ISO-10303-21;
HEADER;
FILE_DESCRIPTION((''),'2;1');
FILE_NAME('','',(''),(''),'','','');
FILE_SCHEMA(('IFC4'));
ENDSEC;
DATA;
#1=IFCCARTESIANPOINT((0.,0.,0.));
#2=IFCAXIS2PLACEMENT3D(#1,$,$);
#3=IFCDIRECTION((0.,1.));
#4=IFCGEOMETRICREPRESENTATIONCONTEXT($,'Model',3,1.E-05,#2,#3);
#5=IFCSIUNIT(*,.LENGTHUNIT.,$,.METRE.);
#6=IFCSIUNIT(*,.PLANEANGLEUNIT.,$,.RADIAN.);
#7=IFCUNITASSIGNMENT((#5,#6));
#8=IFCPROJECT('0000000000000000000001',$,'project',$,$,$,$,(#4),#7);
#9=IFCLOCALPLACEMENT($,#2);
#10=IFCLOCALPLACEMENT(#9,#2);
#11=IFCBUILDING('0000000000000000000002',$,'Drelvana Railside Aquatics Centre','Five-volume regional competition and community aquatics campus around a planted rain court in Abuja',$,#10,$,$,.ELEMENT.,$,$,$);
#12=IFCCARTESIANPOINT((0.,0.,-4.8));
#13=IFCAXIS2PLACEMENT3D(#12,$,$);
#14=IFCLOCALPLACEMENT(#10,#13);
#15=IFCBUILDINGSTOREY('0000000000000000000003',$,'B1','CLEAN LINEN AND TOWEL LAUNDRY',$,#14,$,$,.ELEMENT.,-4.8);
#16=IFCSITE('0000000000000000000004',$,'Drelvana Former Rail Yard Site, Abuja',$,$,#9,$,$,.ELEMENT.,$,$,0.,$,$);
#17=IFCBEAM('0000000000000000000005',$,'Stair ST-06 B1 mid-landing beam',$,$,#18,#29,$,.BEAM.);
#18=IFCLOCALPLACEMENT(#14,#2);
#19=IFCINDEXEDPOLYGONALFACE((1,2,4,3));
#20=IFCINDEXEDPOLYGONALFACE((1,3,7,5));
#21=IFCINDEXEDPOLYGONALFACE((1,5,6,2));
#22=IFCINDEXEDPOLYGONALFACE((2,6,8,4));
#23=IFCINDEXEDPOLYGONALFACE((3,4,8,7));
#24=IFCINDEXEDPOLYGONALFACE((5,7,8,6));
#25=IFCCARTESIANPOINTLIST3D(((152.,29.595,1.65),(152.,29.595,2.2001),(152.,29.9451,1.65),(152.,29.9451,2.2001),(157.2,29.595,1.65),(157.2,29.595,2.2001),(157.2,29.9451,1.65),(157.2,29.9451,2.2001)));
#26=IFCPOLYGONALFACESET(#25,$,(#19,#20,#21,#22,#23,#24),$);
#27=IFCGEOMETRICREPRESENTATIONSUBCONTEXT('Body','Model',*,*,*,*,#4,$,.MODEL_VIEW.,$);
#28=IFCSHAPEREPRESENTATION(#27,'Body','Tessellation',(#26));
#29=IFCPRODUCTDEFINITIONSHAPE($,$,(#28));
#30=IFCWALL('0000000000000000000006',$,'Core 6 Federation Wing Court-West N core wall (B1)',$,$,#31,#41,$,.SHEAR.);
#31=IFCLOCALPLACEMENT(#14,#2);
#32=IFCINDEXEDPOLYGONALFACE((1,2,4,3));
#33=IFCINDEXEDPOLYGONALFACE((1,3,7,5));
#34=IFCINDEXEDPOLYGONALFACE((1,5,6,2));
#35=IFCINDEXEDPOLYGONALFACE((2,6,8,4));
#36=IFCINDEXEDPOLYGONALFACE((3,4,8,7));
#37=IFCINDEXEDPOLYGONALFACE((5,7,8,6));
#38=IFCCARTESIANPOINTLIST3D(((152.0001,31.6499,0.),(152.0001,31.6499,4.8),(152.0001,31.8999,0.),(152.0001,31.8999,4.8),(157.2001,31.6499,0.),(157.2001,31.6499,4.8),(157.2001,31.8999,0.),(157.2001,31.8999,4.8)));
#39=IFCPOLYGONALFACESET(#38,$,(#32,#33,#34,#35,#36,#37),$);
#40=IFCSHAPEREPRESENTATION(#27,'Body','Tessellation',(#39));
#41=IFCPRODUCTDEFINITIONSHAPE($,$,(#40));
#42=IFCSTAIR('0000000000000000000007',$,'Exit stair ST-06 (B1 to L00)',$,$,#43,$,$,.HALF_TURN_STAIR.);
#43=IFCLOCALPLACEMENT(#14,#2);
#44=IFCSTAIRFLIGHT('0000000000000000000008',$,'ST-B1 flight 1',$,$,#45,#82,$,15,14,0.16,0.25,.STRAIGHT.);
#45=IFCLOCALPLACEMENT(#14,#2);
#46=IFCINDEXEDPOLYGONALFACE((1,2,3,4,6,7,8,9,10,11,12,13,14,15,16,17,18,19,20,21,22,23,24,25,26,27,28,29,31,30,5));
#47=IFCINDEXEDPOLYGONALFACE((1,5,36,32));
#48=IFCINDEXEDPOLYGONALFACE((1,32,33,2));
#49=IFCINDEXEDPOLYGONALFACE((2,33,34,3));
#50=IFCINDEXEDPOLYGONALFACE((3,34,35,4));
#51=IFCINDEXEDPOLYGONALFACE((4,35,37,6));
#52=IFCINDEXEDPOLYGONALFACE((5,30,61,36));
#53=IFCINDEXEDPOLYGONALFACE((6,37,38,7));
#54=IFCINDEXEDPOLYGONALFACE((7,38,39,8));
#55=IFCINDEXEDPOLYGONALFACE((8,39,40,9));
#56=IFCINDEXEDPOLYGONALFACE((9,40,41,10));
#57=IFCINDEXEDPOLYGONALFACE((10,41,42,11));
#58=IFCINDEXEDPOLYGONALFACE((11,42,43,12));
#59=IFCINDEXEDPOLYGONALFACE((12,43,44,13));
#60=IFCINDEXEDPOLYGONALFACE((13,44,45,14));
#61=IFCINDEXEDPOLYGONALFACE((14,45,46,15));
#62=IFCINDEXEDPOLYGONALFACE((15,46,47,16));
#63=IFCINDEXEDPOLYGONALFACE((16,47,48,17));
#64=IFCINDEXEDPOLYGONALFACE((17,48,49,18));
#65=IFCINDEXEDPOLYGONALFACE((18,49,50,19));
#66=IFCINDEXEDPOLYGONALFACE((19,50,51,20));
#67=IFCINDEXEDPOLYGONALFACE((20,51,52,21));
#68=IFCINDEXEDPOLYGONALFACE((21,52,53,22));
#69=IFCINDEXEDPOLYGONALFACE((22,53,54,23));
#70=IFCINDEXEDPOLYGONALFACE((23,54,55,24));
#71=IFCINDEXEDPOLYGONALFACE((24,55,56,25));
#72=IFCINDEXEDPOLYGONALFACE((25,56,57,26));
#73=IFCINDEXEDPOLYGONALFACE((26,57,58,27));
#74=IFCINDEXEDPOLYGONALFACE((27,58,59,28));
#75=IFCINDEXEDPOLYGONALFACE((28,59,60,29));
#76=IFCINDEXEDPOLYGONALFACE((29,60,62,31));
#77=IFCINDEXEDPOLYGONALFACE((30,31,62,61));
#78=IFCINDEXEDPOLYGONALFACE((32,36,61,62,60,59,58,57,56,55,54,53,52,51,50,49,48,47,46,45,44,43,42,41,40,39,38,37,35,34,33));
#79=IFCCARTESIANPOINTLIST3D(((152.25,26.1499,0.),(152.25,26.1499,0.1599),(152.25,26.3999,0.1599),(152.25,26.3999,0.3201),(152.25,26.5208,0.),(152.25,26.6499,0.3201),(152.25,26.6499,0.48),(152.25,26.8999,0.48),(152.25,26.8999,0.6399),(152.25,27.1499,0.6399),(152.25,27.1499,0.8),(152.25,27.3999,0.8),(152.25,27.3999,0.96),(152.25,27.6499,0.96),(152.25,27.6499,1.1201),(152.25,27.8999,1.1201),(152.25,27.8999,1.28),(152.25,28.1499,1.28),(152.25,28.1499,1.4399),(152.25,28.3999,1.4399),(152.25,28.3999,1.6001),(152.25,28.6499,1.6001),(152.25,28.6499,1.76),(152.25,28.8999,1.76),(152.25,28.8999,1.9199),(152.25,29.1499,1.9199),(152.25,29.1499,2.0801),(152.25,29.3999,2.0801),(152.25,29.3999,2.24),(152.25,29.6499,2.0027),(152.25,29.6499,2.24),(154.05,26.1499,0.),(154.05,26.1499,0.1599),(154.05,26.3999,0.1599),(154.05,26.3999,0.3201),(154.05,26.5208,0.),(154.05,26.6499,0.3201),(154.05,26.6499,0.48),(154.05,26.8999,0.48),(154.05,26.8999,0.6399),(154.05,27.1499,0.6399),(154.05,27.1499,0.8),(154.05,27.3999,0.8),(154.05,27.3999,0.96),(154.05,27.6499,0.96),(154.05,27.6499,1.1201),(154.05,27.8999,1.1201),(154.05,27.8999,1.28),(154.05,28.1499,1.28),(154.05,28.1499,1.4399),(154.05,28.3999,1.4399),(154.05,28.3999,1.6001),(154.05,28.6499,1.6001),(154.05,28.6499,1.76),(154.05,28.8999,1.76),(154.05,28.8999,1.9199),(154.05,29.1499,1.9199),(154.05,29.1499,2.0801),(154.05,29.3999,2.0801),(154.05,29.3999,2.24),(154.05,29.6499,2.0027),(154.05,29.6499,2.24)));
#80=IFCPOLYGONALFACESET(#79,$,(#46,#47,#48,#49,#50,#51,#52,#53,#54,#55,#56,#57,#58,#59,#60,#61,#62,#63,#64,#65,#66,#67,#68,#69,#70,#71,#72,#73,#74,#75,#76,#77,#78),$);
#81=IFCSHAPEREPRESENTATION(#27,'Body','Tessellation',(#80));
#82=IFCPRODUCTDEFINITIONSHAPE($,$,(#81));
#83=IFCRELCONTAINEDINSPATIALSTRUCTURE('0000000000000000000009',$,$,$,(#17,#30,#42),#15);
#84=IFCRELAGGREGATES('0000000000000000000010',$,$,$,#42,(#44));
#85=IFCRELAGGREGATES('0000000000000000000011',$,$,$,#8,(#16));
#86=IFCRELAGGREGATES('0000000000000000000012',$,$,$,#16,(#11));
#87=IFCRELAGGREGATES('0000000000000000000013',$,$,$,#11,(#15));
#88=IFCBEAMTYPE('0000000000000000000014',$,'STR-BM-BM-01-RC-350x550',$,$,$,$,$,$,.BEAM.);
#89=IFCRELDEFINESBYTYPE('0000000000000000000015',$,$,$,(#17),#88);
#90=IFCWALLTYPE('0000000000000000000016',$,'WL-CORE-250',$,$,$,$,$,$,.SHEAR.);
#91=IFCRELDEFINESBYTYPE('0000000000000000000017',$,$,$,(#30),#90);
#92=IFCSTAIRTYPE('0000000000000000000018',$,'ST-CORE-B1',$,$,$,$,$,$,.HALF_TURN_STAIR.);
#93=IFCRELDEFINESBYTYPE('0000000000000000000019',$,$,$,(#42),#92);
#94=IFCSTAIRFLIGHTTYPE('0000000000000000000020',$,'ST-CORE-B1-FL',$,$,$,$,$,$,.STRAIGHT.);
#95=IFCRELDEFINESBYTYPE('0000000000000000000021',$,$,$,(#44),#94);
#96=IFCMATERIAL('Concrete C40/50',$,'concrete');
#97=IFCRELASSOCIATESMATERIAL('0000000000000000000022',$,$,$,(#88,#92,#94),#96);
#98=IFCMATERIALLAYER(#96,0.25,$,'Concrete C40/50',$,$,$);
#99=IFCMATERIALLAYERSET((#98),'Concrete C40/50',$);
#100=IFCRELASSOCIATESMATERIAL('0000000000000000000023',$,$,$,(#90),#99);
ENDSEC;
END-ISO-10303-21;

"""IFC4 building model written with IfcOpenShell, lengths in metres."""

from ifc_helpers import new_model, si_unit, direction, frame, frame_2d, origin, origin_2d, place, context, subcontext, project, spatial, polyline, rectangle, outline, extrude, material, layer, layer_set, material_profile, profile_set, type_object, element, aggregate, save


model = new_model("IFC4")

# Units and contexts
model_context = context("Model", 3, precision=1e-05, world=origin(), true_north=direction((0.0, 1.0)))
body_context = subcontext(model_context, "Body", "Model", "MODEL_VIEW")
ifc_project = project(units=[si_unit("LENGTHUNIT", "METRE"), si_unit("PLANEANGLEUNIT", "RADIAN")], contexts=[model_context])

# Site, building, storey
site_placement = place(None, origin())
site = spatial("IfcSite", under=ifc_project, at=site_placement, Name="Drelvana Former Rail Yard Site, Abuja", CompositionType="ELEMENT", RefElevation=0.0)
building_placement = place(site_placement, origin())
building = spatial("IfcBuilding", under=site, at=building_placement, Name="Drelvana Railside Aquatics Centre", Description="Five-volume regional competition and community aquatics campus around a planted rain court in Abuja", CompositionType="ELEMENT")
storey_placement = place(building_placement, frame((0.0, 0.0, -4.8)))
storey = spatial("IfcBuildingStorey", under=building, at=storey_placement, Name="B1", Description="CLEAN LINEN AND TOWEL LAUNDRY", CompositionType="ELEMENT", Elevation=-4.8)

# Shared definitions
ifc_material_1 = material(Name="Concrete C40/50", Category="concrete")

# Beam
ifc_material_profile_1 = material_profile(ifc_material_1, rectangle(XDim=0.3501, YDim=0.55, at=origin_2d()), Name="RC 350x550")
ifc_profile_set_1 = profile_set([ifc_material_profile_1], Name="Concrete C40/50")
beam_type = type_object("IfcBeamType", Name="STR-BM-BM-01-RC-350x550", PredefinedType="BEAM", material=ifc_profile_set_1)
beam_placement = place(storey_placement, frame((152.0, 29.77, 1.925), z_axis=(1.0, 0.0, 0.0), x_axis=(0.0, 1.0, 0.0)))
element("IfcBeam", 1, at=beam_placement, inside=storey, type_object=beam_type, Name="Stair ST-06 B1 mid-landing beam", PredefinedType="BEAM", context=body_context, shape_type="SweptSolid", body=[
    extrude(rectangle(XDim=0.3501, YDim=0.55, at=origin_2d()), origin(), (0.0, 0.0, 1.0), 5.2),
])

# Wall
ifc_layer = layer(ifc_material_1, 0.25, Name="Concrete C40/50")
ifc_layer_set = layer_set([ifc_layer], Name="Concrete C40/50")
wall_type = type_object("IfcWallType", Name="WL-CORE-250", PredefinedType="SHEAR", material=ifc_layer_set)
wall_placement = place(storey_placement, frame((152.0, 31.7749, 0.0), z_axis=(0.0, 0.0, 1.0), x_axis=(1.0, 0.0, 0.0)))
element("IfcWall", 2, at=wall_placement, inside=storey, type_object=wall_type, Name="Core 6 Federation Wing Court-West N core wall (B1)", PredefinedType="SHEAR", context=body_context, shape_type="SweptSolid", body=[
    extrude(rectangle(XDim=5.2, YDim=0.25, at=frame_2d((2.6001, 0.0))), origin(), (0.0, 0.0, 1.0), 4.8),
])

# Stair, stair flight
stair_type = type_object("IfcStairType", Name="ST-CORE-B1", PredefinedType="HALF_TURN_STAIR", material=ifc_material_1)
stair_placement = place(storey_placement, origin())
stair = element("IfcStair", 3, at=stair_placement, inside=storey, type_object=stair_type, Name="Exit stair ST-06 (B1 to L00)", PredefinedType="HALF_TURN_STAIR")
stair_flight_type = type_object("IfcStairFlightType", Name="ST-CORE-B1-FL", PredefinedType="STRAIGHT", material=ifc_material_1)
stair_flight_placement = place(storey_placement, frame((153.1499, 26.1499, 0.0), z_axis=(0.0, 0.0, 1.0), x_axis=(0.0, 1.0, 0.0)))
stair_flight = element("IfcStairFlight", 4, at=stair_flight_placement, type_object=stair_flight_type, Name="ST-B1 flight 1", NumberOfRisers=15, NumberOfTreads=14, PredefinedType="STRAIGHT", RiserHeight=0.16, TreadLength=0.25, context=body_context, shape_type="SweptSolid", body=[
    extrude(outline(polyline([(0.0, 0.0), (0.0, 0.1599), (0.25, 0.1599), (0.25, 0.3201), (0.5, 0.3201), (0.5, 0.48), (0.75, 0.48), (0.75, 0.6399), (1.0, 0.6399), (1.0, 0.8), (1.25, 0.8), (1.25, 0.96), (1.5, 0.96), (1.5, 1.1201), (1.75, 1.1201), (1.75, 1.28), (2.0, 1.28), (2.0, 1.4399), (2.25, 1.4399), (2.25, 1.6001), (2.5, 1.6001), (2.5, 1.76), (2.75, 1.76), (2.75, 1.9199), (3.0, 1.9199), (3.0, 2.0801), (3.25, 2.0801), (3.25, 2.24), (3.5, 2.24), (3.5, 2.3999), (3.5, 2.0027), (0.3708, 0.0), (0.0, 0.0)])), frame((0.0, 0.8999, 0.0), z_axis=(0.0, -1.0, 0.0), x_axis=(1.0, 0.0, 0.0)), (0.0, 0.0, 1.0), 1.8),
])
aggregate(stair, [stair_flight])

save(model, "model.ifc")
